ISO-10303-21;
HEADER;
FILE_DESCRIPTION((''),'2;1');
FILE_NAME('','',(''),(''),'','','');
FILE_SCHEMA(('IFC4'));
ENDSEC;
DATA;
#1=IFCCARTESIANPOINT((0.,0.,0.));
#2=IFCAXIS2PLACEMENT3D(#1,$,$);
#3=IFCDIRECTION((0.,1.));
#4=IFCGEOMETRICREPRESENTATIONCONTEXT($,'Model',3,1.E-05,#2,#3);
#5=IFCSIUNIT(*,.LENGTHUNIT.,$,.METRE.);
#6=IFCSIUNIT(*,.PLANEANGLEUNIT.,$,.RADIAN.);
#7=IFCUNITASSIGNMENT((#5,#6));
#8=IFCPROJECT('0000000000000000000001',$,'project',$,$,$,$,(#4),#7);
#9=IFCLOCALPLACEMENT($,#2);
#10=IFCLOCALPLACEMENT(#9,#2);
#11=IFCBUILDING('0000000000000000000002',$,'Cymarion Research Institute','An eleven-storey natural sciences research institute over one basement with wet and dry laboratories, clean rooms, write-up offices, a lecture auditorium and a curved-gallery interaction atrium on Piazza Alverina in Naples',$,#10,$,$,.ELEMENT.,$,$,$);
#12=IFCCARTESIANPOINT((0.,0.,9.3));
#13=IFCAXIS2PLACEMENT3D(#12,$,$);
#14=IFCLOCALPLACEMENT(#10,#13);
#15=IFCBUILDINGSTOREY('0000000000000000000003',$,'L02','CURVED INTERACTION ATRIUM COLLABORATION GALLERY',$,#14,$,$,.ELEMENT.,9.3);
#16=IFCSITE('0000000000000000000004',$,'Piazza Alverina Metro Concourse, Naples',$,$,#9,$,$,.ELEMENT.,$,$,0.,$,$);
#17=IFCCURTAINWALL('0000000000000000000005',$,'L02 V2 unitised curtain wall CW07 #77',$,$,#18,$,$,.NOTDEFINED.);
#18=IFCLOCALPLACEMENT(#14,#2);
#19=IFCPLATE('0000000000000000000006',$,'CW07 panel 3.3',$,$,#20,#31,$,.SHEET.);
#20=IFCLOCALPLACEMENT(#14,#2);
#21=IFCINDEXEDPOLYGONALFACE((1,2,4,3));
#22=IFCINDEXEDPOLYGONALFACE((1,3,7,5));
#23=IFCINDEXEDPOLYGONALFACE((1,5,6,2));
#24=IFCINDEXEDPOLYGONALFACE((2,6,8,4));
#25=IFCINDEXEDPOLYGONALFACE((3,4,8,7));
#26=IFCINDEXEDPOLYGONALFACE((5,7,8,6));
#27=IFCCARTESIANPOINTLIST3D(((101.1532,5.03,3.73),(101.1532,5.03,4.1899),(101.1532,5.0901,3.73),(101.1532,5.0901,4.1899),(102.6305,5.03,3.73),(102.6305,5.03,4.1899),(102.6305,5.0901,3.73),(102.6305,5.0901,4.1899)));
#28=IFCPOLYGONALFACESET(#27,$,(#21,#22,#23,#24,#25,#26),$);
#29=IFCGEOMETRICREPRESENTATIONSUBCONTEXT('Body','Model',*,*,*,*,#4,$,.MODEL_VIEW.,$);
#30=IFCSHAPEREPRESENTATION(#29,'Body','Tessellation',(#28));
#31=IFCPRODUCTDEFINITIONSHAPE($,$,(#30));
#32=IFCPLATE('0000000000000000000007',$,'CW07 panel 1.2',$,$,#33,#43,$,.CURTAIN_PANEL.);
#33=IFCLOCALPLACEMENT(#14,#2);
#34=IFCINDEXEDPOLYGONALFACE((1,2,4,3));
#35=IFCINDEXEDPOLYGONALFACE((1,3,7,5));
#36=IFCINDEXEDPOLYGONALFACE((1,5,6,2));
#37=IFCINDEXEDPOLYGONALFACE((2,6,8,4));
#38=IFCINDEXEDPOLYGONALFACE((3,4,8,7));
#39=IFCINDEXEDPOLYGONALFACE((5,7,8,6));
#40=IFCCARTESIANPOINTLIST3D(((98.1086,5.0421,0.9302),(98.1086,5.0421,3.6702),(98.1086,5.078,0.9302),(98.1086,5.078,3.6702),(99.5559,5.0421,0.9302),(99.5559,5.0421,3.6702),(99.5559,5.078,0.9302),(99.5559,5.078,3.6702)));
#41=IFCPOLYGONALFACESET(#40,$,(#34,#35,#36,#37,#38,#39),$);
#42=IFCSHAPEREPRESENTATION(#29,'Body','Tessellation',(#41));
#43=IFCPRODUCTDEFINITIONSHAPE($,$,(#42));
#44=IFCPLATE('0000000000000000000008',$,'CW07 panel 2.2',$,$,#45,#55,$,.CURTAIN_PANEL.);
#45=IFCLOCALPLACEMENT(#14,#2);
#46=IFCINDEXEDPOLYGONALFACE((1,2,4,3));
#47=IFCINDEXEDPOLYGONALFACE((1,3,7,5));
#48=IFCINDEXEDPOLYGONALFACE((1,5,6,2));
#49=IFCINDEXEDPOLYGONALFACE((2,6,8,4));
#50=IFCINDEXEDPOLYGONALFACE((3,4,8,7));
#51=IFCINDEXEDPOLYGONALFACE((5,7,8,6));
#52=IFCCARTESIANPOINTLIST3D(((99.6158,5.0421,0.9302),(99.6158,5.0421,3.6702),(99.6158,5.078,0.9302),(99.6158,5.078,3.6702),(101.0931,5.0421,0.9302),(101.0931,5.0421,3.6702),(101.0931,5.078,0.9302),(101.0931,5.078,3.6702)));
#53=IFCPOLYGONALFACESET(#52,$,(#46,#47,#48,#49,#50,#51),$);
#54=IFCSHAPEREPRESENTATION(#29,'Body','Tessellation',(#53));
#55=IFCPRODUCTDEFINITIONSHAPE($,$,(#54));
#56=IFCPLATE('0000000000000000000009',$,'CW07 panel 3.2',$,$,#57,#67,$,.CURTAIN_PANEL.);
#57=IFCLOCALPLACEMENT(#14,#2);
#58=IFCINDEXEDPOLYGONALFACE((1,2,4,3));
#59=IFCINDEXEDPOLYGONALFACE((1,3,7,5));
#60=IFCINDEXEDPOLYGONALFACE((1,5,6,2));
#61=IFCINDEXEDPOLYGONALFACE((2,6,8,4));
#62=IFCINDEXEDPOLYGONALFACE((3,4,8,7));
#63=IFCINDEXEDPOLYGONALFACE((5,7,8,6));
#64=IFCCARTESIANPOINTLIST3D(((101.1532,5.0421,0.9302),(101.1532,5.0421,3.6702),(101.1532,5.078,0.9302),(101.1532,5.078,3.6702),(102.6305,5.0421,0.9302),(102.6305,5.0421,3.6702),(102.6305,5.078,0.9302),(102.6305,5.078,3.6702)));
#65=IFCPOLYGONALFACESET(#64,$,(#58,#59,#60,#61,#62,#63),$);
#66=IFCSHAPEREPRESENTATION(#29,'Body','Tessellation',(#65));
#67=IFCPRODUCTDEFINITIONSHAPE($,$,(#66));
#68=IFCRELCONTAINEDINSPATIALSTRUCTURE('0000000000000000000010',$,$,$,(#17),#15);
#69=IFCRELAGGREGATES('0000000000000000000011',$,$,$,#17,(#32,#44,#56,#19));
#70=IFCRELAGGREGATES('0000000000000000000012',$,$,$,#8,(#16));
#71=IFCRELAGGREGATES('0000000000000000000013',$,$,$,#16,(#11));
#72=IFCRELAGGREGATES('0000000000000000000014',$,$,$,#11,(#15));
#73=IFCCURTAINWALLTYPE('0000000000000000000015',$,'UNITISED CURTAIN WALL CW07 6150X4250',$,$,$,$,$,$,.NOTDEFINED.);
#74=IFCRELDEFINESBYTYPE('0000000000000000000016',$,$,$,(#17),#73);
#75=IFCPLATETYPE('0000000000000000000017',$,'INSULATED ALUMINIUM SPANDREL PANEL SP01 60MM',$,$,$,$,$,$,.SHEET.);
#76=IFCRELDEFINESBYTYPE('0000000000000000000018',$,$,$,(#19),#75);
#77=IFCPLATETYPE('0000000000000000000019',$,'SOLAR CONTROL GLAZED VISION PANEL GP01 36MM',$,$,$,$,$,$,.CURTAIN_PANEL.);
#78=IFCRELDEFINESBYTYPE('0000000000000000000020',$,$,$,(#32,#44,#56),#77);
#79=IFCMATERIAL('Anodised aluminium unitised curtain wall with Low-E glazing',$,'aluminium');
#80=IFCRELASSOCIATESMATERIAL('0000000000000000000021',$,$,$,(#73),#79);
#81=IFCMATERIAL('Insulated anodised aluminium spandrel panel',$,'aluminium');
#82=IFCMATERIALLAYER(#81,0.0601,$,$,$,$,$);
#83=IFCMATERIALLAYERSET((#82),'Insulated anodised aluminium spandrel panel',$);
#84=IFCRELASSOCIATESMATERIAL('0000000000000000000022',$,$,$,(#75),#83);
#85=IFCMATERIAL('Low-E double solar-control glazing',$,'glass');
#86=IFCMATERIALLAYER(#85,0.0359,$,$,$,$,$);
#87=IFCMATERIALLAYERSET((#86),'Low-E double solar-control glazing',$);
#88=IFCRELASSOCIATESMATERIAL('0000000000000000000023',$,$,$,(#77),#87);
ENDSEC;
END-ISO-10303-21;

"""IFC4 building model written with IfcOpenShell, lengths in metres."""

from ifc_helpers import new_model, si_unit, direction, frame, origin, origin_2d, place, context, subcontext, project, spatial, rectangle, extrude, material, layer, layer_set, type_object, element, aggregate, save


model = new_model("IFC4")

# Units and contexts
model_context = context("Model", 3, precision=1e-05, world=origin(), true_north=direction((0.0, 1.0)))
body_context = subcontext(model_context, "Body", "Model", "MODEL_VIEW")
ifc_project = project(units=[si_unit("LENGTHUNIT", "METRE"), si_unit("PLANEANGLEUNIT", "RADIAN")], contexts=[model_context])

# Site, building, storey
site_placement = place(None, origin())
site = spatial("IfcSite", under=ifc_project, at=site_placement, Name="Piazza Alverina Metro Concourse, Naples", CompositionType="ELEMENT", RefElevation=0.0)
building_placement = place(site_placement, origin())
building = spatial("IfcBuilding", under=site, at=building_placement, Name="Cymarion Research Institute", Description="An eleven-storey natural sciences research institute over one basement with wet and dry laboratories, clean rooms, write-up offices, a lecture auditorium and a curved-gallery interaction atrium on Piazza Alverina in Naples", CompositionType="ELEMENT")
storey_placement = place(building_placement, frame((0.0, 0.0, 9.3)))
storey = spatial("IfcBuildingStorey", under=building, at=storey_placement, Name="L02", Description="CURVED INTERACTION ATRIUM COLLABORATION GALLERY", CompositionType="ELEMENT", Elevation=9.3)

# Curtain wall
ifc_material_1 = material(Name="Anodised aluminium unitised curtain wall with Low-E glazing", Category="aluminium")
curtain_wall_type = type_object("IfcCurtainWallType", Name="UNITISED CURTAIN WALL CW07 6150X4250", PredefinedType="NOTDEFINED", material=ifc_material_1)
curtain_wall_placement = place(storey_placement, origin())
curtain_wall = element("IfcCurtainWall", 1, at=curtain_wall_placement, inside=storey, type_object=curtain_wall_type, Name="L02 V2 unitised curtain wall CW07 #77", PredefinedType="NOTDEFINED")

# Plates
ifc_material_2 = material(Name="Insulated anodised aluminium spandrel panel", Category="aluminium")
ifc_layer_1 = layer(ifc_material_2, 0.0601)
ifc_layer_set_1 = layer_set([ifc_layer_1], Name="Insulated anodised aluminium spandrel panel")
plate_type_1 = type_object("IfcPlateType", Name="INSULATED ALUMINIUM SPANDREL PANEL SP01 60MM", PredefinedType="SHEET", material=ifc_layer_set_1)
plate_1_placement = place(storey_placement, frame((101.8918, 5.0601, 3.73), z_axis=(0.0, 0.0, 1.0), x_axis=(1.0, 0.0, 0.0)))
plate_1 = element("IfcPlate", 2, at=plate_1_placement, type_object=plate_type_1, Name="CW07 panel 3.3", PredefinedType="SHEET", context=body_context, shape_type="SweptSolid", body=[
    extrude(rectangle(XDim=1.4773, YDim=0.0601, at=origin_2d()), origin(), (0.0, 0.0, 1.0), 0.46),
])
ifc_material_3 = material(Name="Low-E double solar-control glazing", Category="glass")
ifc_layer_2 = layer(ifc_material_3, 0.0359)
ifc_layer_set_2 = layer_set([ifc_layer_2], Name="Low-E double solar-control glazing")
plate_type_2 = type_object("IfcPlateType", Name="SOLAR CONTROL GLAZED VISION PANEL GP01 36MM", PredefinedType="CURTAIN_PANEL", material=ifc_layer_set_2)
plate_2_placement = place(storey_placement, frame((98.8323, 5.0601, 0.9302), z_axis=(0.0, 0.0, 1.0), x_axis=(1.0, 0.0, 0.0)))
plate_2 = element("IfcPlate", 3, at=plate_2_placement, type_object=plate_type_2, Name="CW07 panel 1.2", PredefinedType="CURTAIN_PANEL", context=body_context, shape_type="SweptSolid", body=[
    extrude(rectangle(XDim=1.4473, YDim=0.0359, at=origin_2d()), origin(), (0.0, 0.0, 1.0), 2.74),
])
plate_3_placement = place(storey_placement, frame((100.3545, 5.0601, 0.9302), z_axis=(0.0, 0.0, 1.0), x_axis=(1.0, 0.0, 0.0)))
plate_3 = element("IfcPlate", 4, at=plate_3_placement, type_object=plate_type_2, Name="CW07 panel 2.2", PredefinedType="CURTAIN_PANEL", context=body_context, shape_type="SweptSolid", body=[
    extrude(rectangle(XDim=1.4773, YDim=0.0359, at=origin_2d()), origin(), (0.0, 0.0, 1.0), 2.74),
])
plate_4_placement = place(storey_placement, frame((101.8918, 5.0601, 0.9302), z_axis=(0.0, 0.0, 1.0), x_axis=(1.0, 0.0, 0.0)))
plate_4 = element("IfcPlate", 5, at=plate_4_placement, type_object=plate_type_2, Name="CW07 panel 3.2", PredefinedType="CURTAIN_PANEL", context=body_context, shape_type="SweptSolid", body=[
    extrude(rectangle(XDim=1.4773, YDim=0.0359, at=origin_2d()), origin(), (0.0, 0.0, 1.0), 2.74),
])
aggregate(curtain_wall, [plate_2, plate_3, plate_4, plate_1])

save(model, "model.ifc")
